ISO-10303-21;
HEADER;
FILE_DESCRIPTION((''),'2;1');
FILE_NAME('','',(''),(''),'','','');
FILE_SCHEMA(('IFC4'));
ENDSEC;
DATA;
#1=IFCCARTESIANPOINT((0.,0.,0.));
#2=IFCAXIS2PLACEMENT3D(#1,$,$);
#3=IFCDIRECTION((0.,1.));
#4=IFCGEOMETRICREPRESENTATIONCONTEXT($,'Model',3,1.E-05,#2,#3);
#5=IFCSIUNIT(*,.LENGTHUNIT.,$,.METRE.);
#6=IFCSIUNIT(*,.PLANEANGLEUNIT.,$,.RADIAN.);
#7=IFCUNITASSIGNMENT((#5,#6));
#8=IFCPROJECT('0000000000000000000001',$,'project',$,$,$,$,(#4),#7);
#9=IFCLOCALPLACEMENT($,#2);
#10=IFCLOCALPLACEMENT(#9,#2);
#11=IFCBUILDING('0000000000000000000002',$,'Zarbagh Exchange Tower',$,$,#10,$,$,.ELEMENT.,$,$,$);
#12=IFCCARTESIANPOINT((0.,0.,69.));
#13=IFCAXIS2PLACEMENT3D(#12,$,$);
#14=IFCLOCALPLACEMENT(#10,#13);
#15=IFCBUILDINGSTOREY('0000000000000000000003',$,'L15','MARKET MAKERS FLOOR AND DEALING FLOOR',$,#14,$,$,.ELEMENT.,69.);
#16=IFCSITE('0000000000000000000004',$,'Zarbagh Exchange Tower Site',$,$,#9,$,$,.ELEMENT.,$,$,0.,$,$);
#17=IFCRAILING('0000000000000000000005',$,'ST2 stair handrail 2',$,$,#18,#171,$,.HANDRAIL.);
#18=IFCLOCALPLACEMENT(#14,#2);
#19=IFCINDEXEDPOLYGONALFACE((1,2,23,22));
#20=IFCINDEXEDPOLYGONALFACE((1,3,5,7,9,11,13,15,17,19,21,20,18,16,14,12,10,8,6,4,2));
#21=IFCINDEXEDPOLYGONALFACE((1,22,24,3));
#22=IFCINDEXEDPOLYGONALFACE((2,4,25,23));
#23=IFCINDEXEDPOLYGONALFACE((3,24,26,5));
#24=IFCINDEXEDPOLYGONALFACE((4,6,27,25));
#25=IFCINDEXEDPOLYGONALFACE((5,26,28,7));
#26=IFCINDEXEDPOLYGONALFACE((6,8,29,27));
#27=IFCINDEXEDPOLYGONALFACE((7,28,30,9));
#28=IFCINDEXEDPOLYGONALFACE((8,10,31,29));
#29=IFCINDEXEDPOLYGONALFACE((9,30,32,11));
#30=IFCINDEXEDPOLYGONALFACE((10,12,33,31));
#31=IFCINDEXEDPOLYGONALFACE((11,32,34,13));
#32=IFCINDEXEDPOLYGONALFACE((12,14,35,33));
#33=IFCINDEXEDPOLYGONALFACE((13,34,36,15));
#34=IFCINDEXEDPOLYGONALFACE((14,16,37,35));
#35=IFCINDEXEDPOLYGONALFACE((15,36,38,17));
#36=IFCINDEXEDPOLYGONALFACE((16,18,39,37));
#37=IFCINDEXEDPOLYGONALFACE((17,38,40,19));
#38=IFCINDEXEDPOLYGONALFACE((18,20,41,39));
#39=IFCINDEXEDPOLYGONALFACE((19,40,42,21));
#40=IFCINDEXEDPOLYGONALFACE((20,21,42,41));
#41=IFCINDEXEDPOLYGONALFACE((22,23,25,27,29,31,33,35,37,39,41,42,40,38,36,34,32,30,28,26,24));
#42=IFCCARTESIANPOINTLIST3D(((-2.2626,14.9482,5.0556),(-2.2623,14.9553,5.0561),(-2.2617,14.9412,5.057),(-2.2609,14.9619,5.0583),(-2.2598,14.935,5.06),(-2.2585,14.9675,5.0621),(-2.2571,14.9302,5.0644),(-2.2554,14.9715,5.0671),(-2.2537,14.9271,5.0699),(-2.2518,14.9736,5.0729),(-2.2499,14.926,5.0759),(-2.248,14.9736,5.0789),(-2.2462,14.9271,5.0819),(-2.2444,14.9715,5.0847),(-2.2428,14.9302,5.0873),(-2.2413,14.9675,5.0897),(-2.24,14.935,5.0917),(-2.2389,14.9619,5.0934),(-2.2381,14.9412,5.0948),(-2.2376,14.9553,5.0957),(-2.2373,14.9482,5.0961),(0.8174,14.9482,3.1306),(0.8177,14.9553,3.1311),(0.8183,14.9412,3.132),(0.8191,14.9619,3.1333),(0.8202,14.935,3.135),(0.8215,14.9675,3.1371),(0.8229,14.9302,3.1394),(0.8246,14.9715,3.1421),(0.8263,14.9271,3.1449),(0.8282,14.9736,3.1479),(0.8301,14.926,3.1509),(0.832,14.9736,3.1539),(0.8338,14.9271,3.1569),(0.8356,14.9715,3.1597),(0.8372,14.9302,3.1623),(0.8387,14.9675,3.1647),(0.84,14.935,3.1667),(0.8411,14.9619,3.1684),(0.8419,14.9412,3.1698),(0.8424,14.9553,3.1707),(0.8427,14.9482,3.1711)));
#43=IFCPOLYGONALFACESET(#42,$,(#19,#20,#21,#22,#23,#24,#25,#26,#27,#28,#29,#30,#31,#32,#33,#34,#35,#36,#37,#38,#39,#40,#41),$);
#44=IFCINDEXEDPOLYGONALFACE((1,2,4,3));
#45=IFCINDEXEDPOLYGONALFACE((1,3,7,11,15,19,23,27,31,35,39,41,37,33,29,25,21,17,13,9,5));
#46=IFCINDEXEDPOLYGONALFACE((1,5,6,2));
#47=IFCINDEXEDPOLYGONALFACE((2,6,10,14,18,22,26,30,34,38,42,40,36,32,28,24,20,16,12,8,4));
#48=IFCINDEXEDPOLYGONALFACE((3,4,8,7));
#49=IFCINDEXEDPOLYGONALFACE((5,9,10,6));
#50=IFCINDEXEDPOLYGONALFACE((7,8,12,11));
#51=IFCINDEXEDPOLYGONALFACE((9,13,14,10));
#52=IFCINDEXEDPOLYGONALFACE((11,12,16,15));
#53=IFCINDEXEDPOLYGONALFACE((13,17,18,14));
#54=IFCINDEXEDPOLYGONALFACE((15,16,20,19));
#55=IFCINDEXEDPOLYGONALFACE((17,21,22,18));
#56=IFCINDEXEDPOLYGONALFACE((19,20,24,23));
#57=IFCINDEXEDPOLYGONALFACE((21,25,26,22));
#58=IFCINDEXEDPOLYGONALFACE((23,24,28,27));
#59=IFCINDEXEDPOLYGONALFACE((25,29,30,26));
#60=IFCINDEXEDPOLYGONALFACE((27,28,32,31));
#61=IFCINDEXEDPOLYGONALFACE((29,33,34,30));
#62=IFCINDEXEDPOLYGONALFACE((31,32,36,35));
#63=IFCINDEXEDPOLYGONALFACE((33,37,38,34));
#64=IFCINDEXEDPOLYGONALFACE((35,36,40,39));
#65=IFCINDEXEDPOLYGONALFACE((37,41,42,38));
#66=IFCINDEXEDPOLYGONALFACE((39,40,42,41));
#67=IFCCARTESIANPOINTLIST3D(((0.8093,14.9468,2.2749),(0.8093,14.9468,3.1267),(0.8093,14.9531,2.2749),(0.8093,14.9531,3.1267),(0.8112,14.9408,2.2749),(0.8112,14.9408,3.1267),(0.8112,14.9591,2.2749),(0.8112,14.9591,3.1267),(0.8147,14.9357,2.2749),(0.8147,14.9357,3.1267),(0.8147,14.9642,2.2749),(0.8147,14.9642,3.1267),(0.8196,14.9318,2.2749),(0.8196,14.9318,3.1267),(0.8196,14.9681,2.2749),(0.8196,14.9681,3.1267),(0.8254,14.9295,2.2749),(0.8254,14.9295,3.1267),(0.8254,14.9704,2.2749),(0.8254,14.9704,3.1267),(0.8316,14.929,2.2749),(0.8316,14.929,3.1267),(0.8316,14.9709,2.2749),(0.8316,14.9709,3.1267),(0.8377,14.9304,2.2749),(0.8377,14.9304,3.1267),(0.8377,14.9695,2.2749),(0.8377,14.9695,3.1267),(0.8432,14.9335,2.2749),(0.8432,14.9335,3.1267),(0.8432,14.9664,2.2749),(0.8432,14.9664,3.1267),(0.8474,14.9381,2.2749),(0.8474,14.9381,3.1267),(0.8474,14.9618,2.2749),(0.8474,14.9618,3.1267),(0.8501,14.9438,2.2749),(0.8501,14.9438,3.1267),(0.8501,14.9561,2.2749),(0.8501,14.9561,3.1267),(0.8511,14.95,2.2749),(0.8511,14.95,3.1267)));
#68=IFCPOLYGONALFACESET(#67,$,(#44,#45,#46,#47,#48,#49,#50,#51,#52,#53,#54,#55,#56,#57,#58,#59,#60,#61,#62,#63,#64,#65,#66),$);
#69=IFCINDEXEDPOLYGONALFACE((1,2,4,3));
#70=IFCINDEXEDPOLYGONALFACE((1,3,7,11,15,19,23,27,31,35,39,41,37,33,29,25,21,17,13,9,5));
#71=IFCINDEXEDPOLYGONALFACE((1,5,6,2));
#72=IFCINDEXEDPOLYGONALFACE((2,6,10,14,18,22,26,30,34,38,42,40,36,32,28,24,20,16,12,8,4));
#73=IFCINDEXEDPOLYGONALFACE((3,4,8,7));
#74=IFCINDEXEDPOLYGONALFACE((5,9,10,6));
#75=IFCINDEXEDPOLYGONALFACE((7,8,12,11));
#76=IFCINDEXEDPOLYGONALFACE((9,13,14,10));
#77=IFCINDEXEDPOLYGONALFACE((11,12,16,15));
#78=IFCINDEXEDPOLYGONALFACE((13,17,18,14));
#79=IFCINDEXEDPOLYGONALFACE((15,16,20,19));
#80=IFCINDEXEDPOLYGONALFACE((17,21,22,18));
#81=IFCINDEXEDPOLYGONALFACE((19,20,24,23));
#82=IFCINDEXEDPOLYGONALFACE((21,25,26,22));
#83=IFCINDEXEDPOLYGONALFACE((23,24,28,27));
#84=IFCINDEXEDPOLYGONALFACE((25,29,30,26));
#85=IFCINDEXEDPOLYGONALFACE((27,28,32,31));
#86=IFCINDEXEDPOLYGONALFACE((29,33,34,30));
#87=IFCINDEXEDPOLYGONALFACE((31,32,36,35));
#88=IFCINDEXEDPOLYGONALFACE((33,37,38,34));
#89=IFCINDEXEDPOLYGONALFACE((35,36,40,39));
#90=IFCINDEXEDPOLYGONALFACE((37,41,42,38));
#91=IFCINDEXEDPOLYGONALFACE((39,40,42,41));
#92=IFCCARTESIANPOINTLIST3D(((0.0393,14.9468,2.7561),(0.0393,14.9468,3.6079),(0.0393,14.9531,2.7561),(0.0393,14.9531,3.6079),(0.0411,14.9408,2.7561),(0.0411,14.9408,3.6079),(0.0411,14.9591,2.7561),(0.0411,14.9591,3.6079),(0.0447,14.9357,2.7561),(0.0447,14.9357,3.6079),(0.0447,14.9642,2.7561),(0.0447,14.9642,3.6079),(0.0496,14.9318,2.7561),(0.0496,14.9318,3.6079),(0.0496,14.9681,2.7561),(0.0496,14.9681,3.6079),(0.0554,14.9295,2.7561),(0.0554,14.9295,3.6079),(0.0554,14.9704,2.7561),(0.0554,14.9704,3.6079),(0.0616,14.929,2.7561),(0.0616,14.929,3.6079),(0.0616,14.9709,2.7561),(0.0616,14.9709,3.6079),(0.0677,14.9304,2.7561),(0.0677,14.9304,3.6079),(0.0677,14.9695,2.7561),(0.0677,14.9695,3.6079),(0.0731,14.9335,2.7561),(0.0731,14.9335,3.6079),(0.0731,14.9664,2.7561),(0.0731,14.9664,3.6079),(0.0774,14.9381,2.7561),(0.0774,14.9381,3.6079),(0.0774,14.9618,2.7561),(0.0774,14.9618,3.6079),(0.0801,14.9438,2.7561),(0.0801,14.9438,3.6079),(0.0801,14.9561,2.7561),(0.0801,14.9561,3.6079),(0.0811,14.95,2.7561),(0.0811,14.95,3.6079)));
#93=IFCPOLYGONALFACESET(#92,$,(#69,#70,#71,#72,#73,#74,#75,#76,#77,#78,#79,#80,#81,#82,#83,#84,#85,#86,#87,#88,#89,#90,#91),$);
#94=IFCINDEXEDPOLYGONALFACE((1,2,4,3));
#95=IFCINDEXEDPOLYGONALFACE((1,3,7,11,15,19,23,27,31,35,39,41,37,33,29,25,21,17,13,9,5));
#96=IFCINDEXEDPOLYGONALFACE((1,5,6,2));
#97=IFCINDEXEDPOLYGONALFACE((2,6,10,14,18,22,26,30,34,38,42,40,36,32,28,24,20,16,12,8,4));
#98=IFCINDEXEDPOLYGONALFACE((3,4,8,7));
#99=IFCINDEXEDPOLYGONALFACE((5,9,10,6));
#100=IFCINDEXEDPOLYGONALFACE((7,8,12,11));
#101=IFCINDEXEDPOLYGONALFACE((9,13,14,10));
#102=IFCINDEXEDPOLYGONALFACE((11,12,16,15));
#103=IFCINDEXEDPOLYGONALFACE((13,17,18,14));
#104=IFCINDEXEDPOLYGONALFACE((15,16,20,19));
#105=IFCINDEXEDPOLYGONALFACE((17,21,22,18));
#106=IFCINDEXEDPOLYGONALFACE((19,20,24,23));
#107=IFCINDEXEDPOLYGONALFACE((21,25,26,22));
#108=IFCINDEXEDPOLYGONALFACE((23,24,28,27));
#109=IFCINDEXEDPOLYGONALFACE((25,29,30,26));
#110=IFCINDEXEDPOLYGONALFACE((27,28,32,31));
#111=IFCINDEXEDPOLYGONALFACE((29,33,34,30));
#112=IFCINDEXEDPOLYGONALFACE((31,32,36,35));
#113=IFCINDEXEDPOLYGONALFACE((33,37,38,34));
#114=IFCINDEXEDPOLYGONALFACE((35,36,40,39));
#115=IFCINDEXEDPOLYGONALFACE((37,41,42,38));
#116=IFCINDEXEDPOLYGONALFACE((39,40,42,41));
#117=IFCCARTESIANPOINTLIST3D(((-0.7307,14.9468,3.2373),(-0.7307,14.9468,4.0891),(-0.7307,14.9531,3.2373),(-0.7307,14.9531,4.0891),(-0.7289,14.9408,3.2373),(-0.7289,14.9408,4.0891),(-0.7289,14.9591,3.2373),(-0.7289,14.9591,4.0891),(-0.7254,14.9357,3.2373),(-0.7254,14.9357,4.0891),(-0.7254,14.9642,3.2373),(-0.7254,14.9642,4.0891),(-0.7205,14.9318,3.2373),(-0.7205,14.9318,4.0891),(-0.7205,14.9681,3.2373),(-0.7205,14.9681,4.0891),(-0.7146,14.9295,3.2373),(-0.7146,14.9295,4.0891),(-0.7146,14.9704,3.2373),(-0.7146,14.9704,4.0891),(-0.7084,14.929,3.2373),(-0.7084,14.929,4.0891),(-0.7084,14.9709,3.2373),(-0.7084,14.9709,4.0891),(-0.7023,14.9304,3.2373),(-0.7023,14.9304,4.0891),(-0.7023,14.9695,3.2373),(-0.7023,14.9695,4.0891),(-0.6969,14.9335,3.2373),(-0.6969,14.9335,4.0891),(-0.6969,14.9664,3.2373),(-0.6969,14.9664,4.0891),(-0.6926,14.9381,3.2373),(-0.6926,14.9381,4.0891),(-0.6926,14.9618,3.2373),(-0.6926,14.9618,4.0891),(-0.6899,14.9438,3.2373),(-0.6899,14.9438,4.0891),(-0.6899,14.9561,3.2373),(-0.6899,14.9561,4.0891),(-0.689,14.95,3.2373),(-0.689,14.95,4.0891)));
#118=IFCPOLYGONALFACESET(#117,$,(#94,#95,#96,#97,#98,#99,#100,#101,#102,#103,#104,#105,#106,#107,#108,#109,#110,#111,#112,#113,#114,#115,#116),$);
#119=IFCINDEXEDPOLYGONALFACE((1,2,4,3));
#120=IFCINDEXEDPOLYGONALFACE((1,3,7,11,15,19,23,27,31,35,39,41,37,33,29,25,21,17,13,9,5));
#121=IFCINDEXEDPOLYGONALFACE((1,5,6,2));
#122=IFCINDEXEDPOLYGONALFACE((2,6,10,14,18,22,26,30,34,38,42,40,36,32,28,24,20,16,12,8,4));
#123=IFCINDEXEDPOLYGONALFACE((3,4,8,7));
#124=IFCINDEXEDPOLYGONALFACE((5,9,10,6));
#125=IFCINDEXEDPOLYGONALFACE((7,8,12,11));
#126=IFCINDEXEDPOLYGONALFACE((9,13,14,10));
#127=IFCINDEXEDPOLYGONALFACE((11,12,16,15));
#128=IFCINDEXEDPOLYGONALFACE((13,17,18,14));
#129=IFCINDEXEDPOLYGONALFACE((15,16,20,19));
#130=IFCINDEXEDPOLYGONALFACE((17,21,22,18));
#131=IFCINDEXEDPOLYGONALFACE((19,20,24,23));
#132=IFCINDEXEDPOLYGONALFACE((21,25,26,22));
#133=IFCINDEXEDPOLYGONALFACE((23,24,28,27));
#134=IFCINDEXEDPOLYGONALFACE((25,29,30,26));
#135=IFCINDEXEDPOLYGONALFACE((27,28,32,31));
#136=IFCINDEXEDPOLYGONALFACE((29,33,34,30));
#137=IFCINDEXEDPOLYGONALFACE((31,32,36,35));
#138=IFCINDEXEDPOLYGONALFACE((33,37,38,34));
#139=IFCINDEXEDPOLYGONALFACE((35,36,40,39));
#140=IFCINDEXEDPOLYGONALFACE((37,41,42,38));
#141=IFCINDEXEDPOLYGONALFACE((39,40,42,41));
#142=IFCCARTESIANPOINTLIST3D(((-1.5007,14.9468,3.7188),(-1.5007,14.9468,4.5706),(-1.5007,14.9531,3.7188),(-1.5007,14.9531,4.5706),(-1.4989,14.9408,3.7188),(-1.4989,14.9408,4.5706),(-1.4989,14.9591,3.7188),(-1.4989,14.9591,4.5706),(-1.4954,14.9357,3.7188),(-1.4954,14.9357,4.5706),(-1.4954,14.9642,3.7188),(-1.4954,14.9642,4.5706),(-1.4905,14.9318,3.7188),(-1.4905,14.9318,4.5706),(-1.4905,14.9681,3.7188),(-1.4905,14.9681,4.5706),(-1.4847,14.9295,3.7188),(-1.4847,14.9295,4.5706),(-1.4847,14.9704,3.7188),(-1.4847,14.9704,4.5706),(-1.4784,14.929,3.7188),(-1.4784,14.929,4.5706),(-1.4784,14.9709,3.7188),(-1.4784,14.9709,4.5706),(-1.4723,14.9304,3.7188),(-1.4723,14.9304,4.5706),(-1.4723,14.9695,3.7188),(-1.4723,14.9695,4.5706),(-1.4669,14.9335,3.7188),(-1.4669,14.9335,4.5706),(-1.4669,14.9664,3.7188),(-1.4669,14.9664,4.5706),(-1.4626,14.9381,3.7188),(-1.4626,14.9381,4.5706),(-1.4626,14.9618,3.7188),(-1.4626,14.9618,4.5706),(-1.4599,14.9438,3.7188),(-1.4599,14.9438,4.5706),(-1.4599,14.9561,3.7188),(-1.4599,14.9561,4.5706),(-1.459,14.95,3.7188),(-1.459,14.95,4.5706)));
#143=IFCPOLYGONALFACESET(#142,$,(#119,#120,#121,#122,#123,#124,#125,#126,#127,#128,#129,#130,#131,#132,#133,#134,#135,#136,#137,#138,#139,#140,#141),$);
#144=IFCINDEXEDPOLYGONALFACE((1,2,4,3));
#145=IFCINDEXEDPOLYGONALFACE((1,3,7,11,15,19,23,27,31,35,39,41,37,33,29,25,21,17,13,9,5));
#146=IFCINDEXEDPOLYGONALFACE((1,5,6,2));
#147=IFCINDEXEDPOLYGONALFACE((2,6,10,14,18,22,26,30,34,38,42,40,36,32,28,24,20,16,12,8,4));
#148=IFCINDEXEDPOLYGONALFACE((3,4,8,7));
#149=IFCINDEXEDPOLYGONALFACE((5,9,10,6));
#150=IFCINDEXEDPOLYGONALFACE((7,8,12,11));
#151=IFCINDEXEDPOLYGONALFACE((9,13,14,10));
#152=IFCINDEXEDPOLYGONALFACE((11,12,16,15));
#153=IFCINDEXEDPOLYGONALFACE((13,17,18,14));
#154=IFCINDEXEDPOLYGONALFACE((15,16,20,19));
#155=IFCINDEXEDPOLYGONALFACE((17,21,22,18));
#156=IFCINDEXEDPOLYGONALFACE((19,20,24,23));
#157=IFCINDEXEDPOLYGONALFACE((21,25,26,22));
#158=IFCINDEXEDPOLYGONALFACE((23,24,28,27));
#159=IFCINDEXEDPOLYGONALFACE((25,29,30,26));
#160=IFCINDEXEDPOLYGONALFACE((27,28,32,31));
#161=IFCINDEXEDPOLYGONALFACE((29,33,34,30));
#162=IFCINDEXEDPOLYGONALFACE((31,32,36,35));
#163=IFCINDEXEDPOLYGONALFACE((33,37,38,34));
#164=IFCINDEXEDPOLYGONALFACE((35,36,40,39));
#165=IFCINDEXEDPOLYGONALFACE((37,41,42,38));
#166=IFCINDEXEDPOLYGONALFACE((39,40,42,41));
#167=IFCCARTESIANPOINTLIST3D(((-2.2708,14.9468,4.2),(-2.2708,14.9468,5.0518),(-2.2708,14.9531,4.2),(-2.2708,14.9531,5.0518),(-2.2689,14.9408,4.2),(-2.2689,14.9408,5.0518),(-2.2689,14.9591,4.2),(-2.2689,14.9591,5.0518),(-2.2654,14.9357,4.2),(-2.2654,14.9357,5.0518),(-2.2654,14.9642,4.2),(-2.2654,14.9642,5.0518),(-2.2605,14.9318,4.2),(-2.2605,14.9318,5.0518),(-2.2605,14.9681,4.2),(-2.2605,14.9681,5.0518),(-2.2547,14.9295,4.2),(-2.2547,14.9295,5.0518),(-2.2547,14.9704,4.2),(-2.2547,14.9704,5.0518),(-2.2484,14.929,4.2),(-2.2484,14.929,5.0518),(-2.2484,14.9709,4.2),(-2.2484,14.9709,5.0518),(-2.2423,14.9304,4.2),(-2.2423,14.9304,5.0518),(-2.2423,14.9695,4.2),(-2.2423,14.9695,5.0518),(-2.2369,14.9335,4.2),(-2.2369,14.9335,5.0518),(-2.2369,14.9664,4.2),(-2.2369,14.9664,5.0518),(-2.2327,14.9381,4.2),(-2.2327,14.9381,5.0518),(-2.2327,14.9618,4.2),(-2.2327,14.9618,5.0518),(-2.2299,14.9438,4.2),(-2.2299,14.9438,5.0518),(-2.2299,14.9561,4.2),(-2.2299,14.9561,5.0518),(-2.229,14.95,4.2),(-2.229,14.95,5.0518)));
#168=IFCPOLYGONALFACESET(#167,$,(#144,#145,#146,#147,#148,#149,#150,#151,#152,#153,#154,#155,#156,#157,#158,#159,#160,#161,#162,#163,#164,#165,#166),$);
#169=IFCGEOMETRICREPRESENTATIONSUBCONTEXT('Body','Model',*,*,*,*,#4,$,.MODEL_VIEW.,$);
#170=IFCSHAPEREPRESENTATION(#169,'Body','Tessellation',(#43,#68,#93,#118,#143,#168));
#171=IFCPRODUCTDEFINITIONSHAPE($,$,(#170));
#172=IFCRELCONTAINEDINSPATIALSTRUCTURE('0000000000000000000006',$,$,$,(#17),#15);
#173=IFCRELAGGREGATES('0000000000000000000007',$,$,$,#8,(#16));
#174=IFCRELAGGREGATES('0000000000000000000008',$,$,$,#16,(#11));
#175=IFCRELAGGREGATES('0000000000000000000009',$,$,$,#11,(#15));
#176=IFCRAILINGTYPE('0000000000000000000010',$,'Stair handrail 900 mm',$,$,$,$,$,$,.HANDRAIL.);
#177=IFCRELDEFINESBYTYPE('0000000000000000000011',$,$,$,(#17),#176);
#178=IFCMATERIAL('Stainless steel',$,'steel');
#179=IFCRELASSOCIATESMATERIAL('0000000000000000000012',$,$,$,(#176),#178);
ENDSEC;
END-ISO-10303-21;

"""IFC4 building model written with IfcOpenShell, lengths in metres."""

from ifc_helpers import new_model, si_unit, direction, frame, origin, origin_2d, place, context, subcontext, project, spatial, circle, extrude, material, type_object, element, save


model = new_model("IFC4")

# Units and contexts
model_context = context("Model", 3, precision=1e-05, world=origin(), true_north=direction((0.0, 1.0)))
body_context = subcontext(model_context, "Body", "Model", "MODEL_VIEW")
ifc_project = project(units=[si_unit("LENGTHUNIT", "METRE"), si_unit("PLANEANGLEUNIT", "RADIAN")], contexts=[model_context])

# Site, building, storey
site_placement = place(None, origin())
site = spatial("IfcSite", under=ifc_project, at=site_placement, Name="Zarbagh Exchange Tower Site", CompositionType="ELEMENT", RefElevation=0.0)
building_placement = place(site_placement, origin())
building = spatial("IfcBuilding", under=site, at=building_placement, Name="Zarbagh Exchange Tower", CompositionType="ELEMENT")
storey_placement = place(building_placement, frame((0.0, 0.0, 69.0)))
storey = spatial("IfcBuildingStorey", under=building, at=storey_placement, Name="L15", Description="MARKET MAKERS FLOOR AND DEALING FLOOR", CompositionType="ELEMENT", Elevation=69.0)

# Shared definitions
ifc_material_1 = material(Name="Stainless steel", Category="steel")

# Railing
railing_type_1 = type_object("IfcRailingType", Name="Stair handrail 900 mm", PredefinedType="HANDRAIL", material=ifc_material_1)
railing_1_placement = place(storey_placement, frame((0.8301, 14.95, 2.2749)))
element("IfcRailing", 1, at=railing_1_placement, inside=storey, type_object=railing_type_1, Name="ST2 stair handrail 2", PredefinedType="HANDRAIL", context=body_context, shape_type="SweptSolid", body=[
    extrude(circle(Radius=0.0239, at=origin_2d()), frame((0.0, 0.0, 0.876), z_axis=(-0.847998, 0.0, 0.529999), x_axis=(0.0, -1.0, 0.0)), (0.0, 0.0, 1.0), 3.6321),
    extrude(circle(Radius=0.021, at=origin_2d()), origin(), (0.0, 0.0, 1.0), 0.8518),
    extrude(circle(Radius=0.021, at=origin_2d()), frame((-0.77, 0.0, 0.4812)), (0.0, 0.0, 1.0), 0.8518),
    extrude(circle(Radius=0.021, at=origin_2d()), frame((-1.54, 0.0, 0.9624)), (0.0, 0.0, 1.0), 0.8518),
    extrude(circle(Radius=0.021, at=origin_2d()), frame((-2.3101, 0.0, 1.4438)), (0.0, 0.0, 1.0), 0.8518),
    extrude(circle(Radius=0.021, at=origin_2d()), frame((-3.0801, 0.0, 1.925)), (0.0, 0.0, 1.0), 0.8518),
])

save(model, "model.ifc")
